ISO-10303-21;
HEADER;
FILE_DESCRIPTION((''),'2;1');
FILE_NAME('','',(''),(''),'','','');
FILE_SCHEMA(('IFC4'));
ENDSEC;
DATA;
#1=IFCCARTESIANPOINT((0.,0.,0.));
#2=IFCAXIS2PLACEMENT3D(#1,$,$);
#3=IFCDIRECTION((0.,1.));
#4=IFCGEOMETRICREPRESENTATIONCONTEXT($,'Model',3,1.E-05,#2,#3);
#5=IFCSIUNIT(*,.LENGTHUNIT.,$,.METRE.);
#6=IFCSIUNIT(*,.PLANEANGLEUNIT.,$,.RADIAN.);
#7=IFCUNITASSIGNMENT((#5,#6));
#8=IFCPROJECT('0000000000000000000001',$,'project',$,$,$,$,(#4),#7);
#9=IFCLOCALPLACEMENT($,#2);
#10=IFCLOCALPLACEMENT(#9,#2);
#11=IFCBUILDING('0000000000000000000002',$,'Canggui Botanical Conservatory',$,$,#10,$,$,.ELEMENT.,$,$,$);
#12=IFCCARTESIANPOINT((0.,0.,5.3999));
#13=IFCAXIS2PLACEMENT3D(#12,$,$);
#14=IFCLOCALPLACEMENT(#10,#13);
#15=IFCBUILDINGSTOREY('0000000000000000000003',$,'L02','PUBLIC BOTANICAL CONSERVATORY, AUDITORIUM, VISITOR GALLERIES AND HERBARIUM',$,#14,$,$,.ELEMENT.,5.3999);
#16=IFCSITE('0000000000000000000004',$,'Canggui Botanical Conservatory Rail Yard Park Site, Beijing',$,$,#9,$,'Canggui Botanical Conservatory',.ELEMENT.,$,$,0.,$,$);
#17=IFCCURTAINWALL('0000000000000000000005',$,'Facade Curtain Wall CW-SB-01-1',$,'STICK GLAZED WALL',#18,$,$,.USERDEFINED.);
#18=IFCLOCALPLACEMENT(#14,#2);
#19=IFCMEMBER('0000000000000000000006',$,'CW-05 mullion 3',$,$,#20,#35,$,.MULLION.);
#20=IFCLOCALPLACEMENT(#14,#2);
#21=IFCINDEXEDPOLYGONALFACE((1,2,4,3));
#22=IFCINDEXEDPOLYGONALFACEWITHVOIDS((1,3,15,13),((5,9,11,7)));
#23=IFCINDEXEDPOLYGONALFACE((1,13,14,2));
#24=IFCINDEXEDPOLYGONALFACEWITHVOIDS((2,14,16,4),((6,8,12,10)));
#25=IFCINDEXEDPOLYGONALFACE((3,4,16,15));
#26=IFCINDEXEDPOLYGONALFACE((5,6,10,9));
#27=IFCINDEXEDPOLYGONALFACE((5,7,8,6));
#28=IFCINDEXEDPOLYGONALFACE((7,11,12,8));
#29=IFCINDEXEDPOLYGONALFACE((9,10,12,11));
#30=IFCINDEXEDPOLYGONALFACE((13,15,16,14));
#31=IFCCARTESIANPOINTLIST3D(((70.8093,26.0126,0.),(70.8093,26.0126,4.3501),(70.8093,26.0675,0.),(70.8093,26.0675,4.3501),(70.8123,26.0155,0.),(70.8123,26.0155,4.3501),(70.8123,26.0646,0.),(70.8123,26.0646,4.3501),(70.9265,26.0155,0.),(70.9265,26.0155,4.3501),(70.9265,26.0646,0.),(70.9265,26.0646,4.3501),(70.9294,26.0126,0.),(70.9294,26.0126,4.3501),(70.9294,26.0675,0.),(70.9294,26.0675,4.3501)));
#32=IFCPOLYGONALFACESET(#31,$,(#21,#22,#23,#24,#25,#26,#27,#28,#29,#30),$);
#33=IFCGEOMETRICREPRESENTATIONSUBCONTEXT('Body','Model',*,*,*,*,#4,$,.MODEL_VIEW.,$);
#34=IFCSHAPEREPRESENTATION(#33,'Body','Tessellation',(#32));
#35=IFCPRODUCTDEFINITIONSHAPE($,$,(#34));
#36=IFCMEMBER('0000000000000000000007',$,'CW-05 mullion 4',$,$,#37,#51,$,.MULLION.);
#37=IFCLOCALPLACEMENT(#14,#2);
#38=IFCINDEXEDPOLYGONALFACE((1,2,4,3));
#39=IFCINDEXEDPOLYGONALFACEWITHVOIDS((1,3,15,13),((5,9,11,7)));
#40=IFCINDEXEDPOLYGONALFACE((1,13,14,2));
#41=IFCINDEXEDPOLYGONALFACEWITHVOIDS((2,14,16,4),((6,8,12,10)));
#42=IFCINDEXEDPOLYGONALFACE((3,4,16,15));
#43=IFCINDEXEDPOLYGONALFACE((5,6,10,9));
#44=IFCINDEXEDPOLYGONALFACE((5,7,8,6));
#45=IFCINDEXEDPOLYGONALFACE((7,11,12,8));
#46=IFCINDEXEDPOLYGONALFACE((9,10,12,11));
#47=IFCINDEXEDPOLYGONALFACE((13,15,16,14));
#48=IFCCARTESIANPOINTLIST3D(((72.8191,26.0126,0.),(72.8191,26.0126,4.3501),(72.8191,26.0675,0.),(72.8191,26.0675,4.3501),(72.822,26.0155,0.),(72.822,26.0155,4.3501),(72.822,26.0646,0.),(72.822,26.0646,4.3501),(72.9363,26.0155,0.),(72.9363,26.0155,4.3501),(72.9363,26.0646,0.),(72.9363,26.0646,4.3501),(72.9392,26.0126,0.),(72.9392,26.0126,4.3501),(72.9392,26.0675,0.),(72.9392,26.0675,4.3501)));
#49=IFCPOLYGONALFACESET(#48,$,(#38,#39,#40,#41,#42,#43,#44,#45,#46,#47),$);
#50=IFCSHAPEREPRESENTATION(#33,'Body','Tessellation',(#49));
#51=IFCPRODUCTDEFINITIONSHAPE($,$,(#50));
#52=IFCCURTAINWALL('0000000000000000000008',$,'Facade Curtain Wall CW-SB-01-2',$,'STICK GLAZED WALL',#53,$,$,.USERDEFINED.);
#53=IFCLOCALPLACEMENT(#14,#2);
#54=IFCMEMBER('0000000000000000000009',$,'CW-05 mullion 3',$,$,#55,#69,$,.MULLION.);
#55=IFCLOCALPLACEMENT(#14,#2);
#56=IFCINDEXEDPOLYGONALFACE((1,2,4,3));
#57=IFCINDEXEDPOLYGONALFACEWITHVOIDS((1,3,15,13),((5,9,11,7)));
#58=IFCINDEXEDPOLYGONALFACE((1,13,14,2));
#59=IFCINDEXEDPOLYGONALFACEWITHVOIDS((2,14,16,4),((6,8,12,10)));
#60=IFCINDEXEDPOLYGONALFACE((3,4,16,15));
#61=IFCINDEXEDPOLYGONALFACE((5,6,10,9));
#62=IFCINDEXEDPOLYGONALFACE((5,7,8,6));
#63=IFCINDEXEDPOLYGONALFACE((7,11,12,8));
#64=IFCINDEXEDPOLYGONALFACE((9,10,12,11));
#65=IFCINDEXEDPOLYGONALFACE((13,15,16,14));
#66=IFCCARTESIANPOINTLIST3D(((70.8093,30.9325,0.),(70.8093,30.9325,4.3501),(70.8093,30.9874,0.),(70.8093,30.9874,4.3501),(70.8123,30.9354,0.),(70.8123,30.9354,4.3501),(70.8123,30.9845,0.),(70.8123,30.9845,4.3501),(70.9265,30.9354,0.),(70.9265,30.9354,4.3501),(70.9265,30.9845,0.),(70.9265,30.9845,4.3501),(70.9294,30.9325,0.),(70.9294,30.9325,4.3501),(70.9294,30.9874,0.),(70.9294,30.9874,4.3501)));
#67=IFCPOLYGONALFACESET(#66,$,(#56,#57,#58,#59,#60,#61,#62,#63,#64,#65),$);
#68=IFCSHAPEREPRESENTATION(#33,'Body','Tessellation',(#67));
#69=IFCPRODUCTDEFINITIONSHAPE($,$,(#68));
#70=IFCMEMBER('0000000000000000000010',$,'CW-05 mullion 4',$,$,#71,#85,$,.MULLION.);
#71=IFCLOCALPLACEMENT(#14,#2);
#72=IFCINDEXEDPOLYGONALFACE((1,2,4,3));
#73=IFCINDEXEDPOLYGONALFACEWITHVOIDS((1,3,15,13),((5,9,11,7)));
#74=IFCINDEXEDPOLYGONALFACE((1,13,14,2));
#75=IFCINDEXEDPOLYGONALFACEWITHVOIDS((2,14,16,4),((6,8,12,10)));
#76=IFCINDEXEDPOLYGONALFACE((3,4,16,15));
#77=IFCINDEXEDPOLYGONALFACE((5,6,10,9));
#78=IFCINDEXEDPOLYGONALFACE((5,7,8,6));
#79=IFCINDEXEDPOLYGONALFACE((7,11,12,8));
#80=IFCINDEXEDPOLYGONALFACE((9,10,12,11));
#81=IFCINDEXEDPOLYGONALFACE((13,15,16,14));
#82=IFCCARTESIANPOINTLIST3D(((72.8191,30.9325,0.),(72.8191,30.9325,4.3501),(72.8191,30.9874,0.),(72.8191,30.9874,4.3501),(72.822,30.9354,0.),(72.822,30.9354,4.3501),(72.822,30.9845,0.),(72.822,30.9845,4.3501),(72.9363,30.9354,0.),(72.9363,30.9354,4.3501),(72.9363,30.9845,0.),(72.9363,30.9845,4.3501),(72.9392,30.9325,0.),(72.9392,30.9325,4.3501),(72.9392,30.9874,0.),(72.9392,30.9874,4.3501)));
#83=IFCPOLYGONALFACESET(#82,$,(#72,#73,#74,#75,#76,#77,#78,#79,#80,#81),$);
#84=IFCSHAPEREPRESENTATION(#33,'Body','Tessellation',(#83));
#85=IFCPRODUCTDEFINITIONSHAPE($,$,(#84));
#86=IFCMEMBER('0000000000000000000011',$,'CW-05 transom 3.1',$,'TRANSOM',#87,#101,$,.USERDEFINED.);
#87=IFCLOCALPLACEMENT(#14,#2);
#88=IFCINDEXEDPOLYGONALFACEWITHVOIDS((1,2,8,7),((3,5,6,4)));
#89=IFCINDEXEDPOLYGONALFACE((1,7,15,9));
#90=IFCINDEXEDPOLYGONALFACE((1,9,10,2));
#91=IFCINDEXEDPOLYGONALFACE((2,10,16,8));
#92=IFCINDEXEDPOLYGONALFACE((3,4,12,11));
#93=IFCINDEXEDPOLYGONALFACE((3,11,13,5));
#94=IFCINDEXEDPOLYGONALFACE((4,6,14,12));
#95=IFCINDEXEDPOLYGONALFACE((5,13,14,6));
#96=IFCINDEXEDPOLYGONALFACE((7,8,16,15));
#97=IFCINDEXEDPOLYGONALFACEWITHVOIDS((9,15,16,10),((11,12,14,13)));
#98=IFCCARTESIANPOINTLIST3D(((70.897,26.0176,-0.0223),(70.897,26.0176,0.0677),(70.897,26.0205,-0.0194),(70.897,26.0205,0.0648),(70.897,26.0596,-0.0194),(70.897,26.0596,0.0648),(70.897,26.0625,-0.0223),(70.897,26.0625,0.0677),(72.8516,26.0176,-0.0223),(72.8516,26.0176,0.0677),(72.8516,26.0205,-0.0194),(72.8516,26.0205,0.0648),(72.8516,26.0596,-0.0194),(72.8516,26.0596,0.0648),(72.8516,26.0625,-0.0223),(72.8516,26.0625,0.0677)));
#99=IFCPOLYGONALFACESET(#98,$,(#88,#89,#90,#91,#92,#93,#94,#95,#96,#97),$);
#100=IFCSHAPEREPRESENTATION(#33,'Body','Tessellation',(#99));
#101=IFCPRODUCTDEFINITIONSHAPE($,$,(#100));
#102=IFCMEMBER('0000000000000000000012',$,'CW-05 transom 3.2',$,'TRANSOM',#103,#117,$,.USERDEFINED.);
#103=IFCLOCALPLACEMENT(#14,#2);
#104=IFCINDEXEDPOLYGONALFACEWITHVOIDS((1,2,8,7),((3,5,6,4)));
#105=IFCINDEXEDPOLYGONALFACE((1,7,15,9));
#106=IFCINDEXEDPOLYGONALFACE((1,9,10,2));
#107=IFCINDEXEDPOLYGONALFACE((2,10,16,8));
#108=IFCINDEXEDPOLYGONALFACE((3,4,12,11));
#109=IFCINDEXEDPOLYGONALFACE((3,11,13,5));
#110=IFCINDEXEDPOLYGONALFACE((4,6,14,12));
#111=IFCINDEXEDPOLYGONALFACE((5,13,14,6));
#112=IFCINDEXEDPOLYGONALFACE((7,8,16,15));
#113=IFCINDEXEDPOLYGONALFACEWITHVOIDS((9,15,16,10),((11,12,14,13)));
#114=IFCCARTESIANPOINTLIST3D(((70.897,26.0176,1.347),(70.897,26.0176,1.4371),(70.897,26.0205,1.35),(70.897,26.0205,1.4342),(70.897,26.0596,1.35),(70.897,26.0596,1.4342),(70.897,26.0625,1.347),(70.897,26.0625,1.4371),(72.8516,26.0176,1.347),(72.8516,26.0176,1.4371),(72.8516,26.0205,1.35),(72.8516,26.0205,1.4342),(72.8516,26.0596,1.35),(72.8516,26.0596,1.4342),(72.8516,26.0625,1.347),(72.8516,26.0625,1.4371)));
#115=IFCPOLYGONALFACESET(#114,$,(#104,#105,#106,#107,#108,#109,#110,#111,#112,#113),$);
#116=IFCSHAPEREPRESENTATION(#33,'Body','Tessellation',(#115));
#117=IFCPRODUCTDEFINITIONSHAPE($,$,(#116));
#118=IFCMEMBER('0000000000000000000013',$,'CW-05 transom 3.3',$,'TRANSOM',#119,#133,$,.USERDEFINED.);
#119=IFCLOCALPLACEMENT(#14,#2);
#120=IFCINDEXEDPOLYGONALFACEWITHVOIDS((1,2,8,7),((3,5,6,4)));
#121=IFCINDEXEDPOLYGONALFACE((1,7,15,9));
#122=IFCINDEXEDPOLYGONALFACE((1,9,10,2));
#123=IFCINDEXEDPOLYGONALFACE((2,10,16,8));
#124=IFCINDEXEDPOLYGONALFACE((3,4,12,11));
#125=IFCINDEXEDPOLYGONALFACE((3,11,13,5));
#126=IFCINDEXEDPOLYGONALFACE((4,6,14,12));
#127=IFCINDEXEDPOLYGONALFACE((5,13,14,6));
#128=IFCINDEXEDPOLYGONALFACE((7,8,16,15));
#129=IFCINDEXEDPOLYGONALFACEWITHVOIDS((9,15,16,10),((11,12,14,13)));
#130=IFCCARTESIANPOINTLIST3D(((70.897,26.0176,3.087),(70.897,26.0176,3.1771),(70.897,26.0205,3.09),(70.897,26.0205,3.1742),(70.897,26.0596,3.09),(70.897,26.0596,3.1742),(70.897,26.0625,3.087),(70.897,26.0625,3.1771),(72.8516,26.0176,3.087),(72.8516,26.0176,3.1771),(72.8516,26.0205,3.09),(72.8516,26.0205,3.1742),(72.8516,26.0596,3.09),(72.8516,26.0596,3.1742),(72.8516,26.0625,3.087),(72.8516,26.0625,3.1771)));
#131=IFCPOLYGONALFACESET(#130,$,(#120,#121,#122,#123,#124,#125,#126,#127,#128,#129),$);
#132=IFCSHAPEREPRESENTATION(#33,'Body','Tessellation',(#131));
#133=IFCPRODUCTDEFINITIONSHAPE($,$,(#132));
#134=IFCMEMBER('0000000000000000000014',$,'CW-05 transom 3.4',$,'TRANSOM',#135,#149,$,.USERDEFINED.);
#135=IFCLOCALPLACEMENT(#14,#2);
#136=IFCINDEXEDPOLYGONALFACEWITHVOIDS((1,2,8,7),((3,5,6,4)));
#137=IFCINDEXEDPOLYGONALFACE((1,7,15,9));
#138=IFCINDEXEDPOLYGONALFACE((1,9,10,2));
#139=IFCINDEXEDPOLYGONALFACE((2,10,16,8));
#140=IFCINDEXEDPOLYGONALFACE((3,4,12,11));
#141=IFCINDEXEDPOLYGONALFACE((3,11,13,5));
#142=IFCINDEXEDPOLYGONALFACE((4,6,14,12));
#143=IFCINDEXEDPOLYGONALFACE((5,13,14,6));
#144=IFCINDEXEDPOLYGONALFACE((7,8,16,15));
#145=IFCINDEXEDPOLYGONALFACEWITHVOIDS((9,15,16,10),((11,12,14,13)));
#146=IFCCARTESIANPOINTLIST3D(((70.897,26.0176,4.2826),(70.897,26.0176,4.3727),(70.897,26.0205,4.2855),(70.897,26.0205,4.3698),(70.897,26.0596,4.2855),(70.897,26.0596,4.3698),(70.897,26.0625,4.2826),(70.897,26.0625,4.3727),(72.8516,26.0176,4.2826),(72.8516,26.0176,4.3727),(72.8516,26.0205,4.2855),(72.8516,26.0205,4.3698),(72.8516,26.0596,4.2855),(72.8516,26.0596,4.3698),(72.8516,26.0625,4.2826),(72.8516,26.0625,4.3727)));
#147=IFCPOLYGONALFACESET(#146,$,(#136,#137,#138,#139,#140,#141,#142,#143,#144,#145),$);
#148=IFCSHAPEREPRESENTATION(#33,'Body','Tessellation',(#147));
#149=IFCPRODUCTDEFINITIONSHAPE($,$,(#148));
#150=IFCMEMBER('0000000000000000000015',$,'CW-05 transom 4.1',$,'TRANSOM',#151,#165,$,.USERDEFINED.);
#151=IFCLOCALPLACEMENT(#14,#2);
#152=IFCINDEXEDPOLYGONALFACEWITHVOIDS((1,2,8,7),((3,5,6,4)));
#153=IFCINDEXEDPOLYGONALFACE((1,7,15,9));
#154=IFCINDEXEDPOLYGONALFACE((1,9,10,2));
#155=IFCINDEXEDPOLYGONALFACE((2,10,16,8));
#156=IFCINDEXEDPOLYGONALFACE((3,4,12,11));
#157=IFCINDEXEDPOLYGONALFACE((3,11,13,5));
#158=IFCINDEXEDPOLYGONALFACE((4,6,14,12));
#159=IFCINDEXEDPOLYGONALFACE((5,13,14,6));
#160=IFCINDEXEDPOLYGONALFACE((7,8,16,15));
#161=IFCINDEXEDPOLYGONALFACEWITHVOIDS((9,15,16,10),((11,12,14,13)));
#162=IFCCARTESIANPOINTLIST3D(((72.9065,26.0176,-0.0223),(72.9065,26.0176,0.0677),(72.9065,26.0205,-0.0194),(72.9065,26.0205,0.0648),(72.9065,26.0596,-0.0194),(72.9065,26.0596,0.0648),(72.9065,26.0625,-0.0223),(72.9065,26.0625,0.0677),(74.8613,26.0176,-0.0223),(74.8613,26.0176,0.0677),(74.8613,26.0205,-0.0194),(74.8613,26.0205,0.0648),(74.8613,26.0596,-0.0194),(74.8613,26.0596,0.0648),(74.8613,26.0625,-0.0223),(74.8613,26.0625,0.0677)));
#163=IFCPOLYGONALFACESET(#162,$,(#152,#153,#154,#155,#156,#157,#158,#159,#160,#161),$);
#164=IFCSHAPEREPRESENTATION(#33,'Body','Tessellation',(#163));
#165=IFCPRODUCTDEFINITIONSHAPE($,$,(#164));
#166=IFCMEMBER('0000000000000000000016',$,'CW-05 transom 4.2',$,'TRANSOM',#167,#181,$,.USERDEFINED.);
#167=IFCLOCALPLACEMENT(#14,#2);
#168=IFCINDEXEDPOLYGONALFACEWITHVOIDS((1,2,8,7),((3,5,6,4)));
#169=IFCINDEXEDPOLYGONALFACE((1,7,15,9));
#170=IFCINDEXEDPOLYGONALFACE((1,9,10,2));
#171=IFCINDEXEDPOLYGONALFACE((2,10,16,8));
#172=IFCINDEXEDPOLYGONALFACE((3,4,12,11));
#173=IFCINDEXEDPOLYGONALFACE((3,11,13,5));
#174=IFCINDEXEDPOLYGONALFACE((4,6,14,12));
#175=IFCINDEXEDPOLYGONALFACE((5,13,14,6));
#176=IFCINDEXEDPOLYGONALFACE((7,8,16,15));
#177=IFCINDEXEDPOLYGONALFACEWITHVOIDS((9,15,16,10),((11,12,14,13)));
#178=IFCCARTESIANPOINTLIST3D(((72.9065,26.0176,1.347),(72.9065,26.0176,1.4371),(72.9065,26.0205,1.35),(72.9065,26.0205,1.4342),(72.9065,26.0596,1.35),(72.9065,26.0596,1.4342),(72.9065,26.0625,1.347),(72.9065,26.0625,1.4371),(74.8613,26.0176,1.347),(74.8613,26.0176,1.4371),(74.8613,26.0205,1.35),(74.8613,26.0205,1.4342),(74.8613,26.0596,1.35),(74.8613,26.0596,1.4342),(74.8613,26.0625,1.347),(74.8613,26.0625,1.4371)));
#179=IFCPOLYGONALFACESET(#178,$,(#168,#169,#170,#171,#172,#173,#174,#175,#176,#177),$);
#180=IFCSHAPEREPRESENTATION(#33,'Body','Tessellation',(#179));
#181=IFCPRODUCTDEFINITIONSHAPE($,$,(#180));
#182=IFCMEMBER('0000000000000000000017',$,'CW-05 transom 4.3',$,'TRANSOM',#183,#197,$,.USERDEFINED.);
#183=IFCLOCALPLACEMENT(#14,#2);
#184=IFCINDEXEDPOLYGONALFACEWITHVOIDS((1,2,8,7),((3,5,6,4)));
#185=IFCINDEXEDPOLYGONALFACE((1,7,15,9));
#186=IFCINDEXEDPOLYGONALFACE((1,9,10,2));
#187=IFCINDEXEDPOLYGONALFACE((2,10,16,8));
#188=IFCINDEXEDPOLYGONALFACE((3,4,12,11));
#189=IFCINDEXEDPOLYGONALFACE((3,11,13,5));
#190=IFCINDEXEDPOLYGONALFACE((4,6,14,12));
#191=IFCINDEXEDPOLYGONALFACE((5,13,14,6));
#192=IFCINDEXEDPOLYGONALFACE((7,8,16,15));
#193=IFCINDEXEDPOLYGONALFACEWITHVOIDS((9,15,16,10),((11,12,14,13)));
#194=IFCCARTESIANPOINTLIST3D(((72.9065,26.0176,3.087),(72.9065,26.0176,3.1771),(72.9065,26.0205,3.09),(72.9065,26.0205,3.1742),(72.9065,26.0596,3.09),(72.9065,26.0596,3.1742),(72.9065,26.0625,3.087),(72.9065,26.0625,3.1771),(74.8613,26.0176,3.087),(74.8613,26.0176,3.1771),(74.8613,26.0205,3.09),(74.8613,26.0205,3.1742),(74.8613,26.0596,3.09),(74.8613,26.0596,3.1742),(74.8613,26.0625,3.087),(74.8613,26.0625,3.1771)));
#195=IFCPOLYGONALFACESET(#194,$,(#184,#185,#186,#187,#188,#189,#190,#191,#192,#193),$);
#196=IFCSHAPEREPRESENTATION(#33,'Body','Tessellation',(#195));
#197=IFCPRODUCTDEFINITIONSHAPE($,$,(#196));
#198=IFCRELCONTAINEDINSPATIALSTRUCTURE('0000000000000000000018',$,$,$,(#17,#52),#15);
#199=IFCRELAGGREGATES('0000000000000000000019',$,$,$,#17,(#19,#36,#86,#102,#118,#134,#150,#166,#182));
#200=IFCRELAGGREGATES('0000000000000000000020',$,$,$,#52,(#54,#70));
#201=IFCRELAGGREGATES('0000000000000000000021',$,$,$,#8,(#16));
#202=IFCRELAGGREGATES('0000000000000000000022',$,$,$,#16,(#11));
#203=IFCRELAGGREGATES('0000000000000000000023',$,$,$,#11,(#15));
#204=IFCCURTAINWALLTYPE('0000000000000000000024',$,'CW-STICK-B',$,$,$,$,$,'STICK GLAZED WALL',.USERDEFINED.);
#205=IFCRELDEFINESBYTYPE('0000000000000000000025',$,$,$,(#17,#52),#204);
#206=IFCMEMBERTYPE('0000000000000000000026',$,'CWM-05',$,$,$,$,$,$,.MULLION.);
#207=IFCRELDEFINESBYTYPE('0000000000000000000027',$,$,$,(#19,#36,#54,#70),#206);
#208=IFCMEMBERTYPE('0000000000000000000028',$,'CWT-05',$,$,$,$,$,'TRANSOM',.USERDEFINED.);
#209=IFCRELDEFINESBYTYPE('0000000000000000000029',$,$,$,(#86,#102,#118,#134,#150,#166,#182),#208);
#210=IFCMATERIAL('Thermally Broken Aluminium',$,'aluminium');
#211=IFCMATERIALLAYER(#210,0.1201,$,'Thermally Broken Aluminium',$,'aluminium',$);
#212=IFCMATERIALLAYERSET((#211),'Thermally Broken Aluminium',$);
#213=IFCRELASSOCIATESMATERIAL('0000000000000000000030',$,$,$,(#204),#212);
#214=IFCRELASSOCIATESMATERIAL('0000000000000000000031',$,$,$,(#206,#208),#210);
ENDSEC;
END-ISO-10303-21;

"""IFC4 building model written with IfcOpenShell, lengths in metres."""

from ifc_helpers import new_model, si_unit, direction, frame, origin, origin_2d, place, context, subcontext, project, spatial, hollow_rectangle, extrude, material, layer, layer_set, material_profile, profile_set, type_object, element, aggregate, save


model = new_model("IFC4")

# Units and contexts
model_context = context("Model", 3, precision=1e-05, world=origin(), true_north=direction((0.0, 1.0)))
body_context = subcontext(model_context, "Body", "Model", "MODEL_VIEW")
ifc_project = project(units=[si_unit("LENGTHUNIT", "METRE"), si_unit("PLANEANGLEUNIT", "RADIAN")], contexts=[model_context])

# Site, building, storey
site_placement = place(None, origin())
site = spatial("IfcSite", under=ifc_project, at=site_placement, Name="Canggui Botanical Conservatory Rail Yard Park Site, Beijing", LongName="Canggui Botanical Conservatory", CompositionType="ELEMENT", RefElevation=0.0)
building_placement = place(site_placement, origin())
building = spatial("IfcBuilding", under=site, at=building_placement, Name="Canggui Botanical Conservatory", CompositionType="ELEMENT")
storey_placement = place(building_placement, frame((0.0, 0.0, 5.3999)))
storey = spatial("IfcBuildingStorey", under=building, at=storey_placement, Name="L02", Description="PUBLIC BOTANICAL CONSERVATORY, AUDITORIUM, VISITOR GALLERIES AND HERBARIUM", CompositionType="ELEMENT", Elevation=5.3999)

# Curtain walls, members
ifc_material_1 = material(Name="Thermally Broken Aluminium", Category="aluminium")
ifc_layer_1 = layer(ifc_material_1, 0.1201, Name="Thermally Broken Aluminium", Category="aluminium")
ifc_layer_set_1 = layer_set([ifc_layer_1], Name="Thermally Broken Aluminium")
curtain_wall_type = type_object("IfcCurtainWallType", Name="CW-STICK-B", ElementType="STICK GLAZED WALL", PredefinedType="USERDEFINED", material=ifc_layer_set_1)
curtain_wall_1_placement = place(storey_placement, origin())
curtain_wall_1 = element("IfcCurtainWall", 1, at=curtain_wall_1_placement, inside=storey, type_object=curtain_wall_type, Name="Facade Curtain Wall CW-SB-01-1", ObjectType="STICK GLAZED WALL", PredefinedType="USERDEFINED")
ifc_material_profile_1 = material_profile(ifc_material_1, hollow_rectangle(XDim=0.0549, YDim=0.1201, WallThickness=0.0029, at=origin_2d()), Name="CWM 55x120x3")
ifc_profile_set_1 = profile_set([ifc_material_profile_1], Name="Thermally Broken Aluminium")
member_type_1 = type_object("IfcMemberType", Name="CWM-05", PredefinedType="MULLION", material=ifc_profile_set_1)
member_1_placement = place(storey_placement, frame((70.8694, 26.04, 0.0), z_axis=(0.0, 0.0, 1.0), x_axis=(0.0, 1.0, 0.0)))
member_1 = element("IfcMember", 2, at=member_1_placement, type_object=member_type_1, Name="CW-05 mullion 3", PredefinedType="MULLION", context=body_context, shape_type="SweptSolid", body=[
    extrude(hollow_rectangle(XDim=0.0549, YDim=0.1201, WallThickness=0.0029, at=origin_2d()), origin(), (0.0, 0.0, 1.0), 4.3501),
])
member_2_placement = place(storey_placement, frame((72.8792, 26.04, 0.0), z_axis=(0.0, 0.0, 1.0), x_axis=(0.0, 1.0, 0.0)))
member_2 = element("IfcMember", 3, at=member_2_placement, type_object=member_type_1, Name="CW-05 mullion 4", PredefinedType="MULLION", context=body_context, shape_type="SweptSolid", body=[
    extrude(hollow_rectangle(XDim=0.0549, YDim=0.1201, WallThickness=0.0029, at=origin_2d()), origin(), (0.0, 0.0, 1.0), 4.3501),
])
curtain_wall_2_placement = place(storey_placement, origin())
curtain_wall_2 = element("IfcCurtainWall", 4, at=curtain_wall_2_placement, inside=storey, type_object=curtain_wall_type, Name="Facade Curtain Wall CW-SB-01-2", ObjectType="STICK GLAZED WALL", PredefinedType="USERDEFINED")
member_3_placement = place(storey_placement, frame((70.8694, 30.96, 0.0), z_axis=(0.0, 0.0, 1.0), x_axis=(0.0, 1.0, 0.0)))
member_3 = element("IfcMember", 5, at=member_3_placement, type_object=member_type_1, Name="CW-05 mullion 3", PredefinedType="MULLION", context=body_context, shape_type="SweptSolid", body=[
    extrude(hollow_rectangle(XDim=0.0549, YDim=0.1201, WallThickness=0.0029, at=origin_2d()), origin(), (0.0, 0.0, 1.0), 4.3501),
])
member_4_placement = place(storey_placement, frame((72.8792, 30.96, 0.0), z_axis=(0.0, 0.0, 1.0), x_axis=(0.0, 1.0, 0.0)))
member_4 = element("IfcMember", 6, at=member_4_placement, type_object=member_type_1, Name="CW-05 mullion 4", PredefinedType="MULLION", context=body_context, shape_type="SweptSolid", body=[
    extrude(hollow_rectangle(XDim=0.0549, YDim=0.1201, WallThickness=0.0029, at=origin_2d()), origin(), (0.0, 0.0, 1.0), 4.3501),
])

# Members
ifc_material_profile_2 = material_profile(ifc_material_1, hollow_rectangle(XDim=0.0449, YDim=0.0901, WallThickness=0.0029, at=origin_2d()), Name="CWT 45x90x3")
ifc_profile_set_2 = profile_set([ifc_material_profile_2], Name="Thermally Broken Aluminium")
member_type_2 = type_object("IfcMemberType", Name="CWT-05", ElementType="TRANSOM", PredefinedType="USERDEFINED", material=ifc_profile_set_2)
member_5_placement = place(storey_placement, frame((70.897, 26.04, 0.0227), z_axis=(1.0, 0.0, 0.0), x_axis=(0.0, 1.0, 0.0)))
member_5 = element("IfcMember", 7, at=member_5_placement, type_object=member_type_2, Name="CW-05 transom 3.1", ObjectType="TRANSOM", PredefinedType="USERDEFINED", context=body_context, shape_type="SweptSolid", body=[
    extrude(hollow_rectangle(XDim=0.0449, YDim=0.0901, WallThickness=0.0029, at=origin_2d()), origin(), (0.0, 0.0, 1.0), 1.9546),
])
member_6_placement = place(storey_placement, frame((70.897, 26.04, 1.3921), z_axis=(1.0, 0.0, 0.0), x_axis=(0.0, 1.0, 0.0)))
member_6 = element("IfcMember", 8, at=member_6_placement, type_object=member_type_2, Name="CW-05 transom 3.2", ObjectType="TRANSOM", PredefinedType="USERDEFINED", context=body_context, shape_type="SweptSolid", body=[
    extrude(hollow_rectangle(XDim=0.0449, YDim=0.0901, WallThickness=0.0029, at=origin_2d()), origin(), (0.0, 0.0, 1.0), 1.9546),
])
member_7_placement = place(storey_placement, frame((70.897, 26.04, 3.1321), z_axis=(1.0, 0.0, 0.0), x_axis=(0.0, 1.0, 0.0)))
member_7 = element("IfcMember", 9, at=member_7_placement, type_object=member_type_2, Name="CW-05 transom 3.3", ObjectType="TRANSOM", PredefinedType="USERDEFINED", context=body_context, shape_type="SweptSolid", body=[
    extrude(hollow_rectangle(XDim=0.0449, YDim=0.0901, WallThickness=0.0029, at=origin_2d()), origin(), (0.0, 0.0, 1.0), 1.9546),
])
member_8_placement = place(storey_placement, frame((70.897, 26.04, 4.3276), z_axis=(1.0, 0.0, 0.0), x_axis=(0.0, 1.0, 0.0)))
member_8 = element("IfcMember", 10, at=member_8_placement, type_object=member_type_2, Name="CW-05 transom 3.4", ObjectType="TRANSOM", PredefinedType="USERDEFINED", context=body_context, shape_type="SweptSolid", body=[
    extrude(hollow_rectangle(XDim=0.0449, YDim=0.0901, WallThickness=0.0029, at=origin_2d()), origin(), (0.0, 0.0, 1.0), 1.9546),
])
member_9_placement = place(storey_placement, frame((72.9065, 26.04, 0.0227), z_axis=(1.0, 0.0, 0.0), x_axis=(0.0, 1.0, 0.0)))
member_9 = element("IfcMember", 11, at=member_9_placement, type_object=member_type_2, Name="CW-05 transom 4.1", ObjectType="TRANSOM", PredefinedType="USERDEFINED", context=body_context, shape_type="SweptSolid", body=[
    extrude(hollow_rectangle(XDim=0.0449, YDim=0.0901, WallThickness=0.0029, at=origin_2d()), origin(), (0.0, 0.0, 1.0), 1.9548),
])
member_10_placement = place(storey_placement, frame((72.9065, 26.04, 1.3921), z_axis=(1.0, 0.0, 0.0), x_axis=(0.0, 1.0, 0.0)))
member_10 = element("IfcMember", 12, at=member_10_placement, type_object=member_type_2, Name="CW-05 transom 4.2", ObjectType="TRANSOM", PredefinedType="USERDEFINED", context=body_context, shape_type="SweptSolid", body=[
    extrude(hollow_rectangle(XDim=0.0449, YDim=0.0901, WallThickness=0.0029, at=origin_2d()), origin(), (0.0, 0.0, 1.0), 1.9548),
])
member_11_placement = place(storey_placement, frame((72.9065, 26.04, 3.1321), z_axis=(1.0, 0.0, 0.0), x_axis=(0.0, 1.0, 0.0)))
member_11 = element("IfcMember", 13, at=member_11_placement, type_object=member_type_2, Name="CW-05 transom 4.3", ObjectType="TRANSOM", PredefinedType="USERDEFINED", context=body_context, shape_type="SweptSolid", body=[
    extrude(hollow_rectangle(XDim=0.0449, YDim=0.0901, WallThickness=0.0029, at=origin_2d()), origin(), (0.0, 0.0, 1.0), 1.9548),
])

aggregate(curtain_wall_1, [member_1, member_2, member_5, member_6, member_7, member_8, member_9, member_10, member_11])
aggregate(curtain_wall_2, [member_3, member_4])

save(model, "model.ifc")
